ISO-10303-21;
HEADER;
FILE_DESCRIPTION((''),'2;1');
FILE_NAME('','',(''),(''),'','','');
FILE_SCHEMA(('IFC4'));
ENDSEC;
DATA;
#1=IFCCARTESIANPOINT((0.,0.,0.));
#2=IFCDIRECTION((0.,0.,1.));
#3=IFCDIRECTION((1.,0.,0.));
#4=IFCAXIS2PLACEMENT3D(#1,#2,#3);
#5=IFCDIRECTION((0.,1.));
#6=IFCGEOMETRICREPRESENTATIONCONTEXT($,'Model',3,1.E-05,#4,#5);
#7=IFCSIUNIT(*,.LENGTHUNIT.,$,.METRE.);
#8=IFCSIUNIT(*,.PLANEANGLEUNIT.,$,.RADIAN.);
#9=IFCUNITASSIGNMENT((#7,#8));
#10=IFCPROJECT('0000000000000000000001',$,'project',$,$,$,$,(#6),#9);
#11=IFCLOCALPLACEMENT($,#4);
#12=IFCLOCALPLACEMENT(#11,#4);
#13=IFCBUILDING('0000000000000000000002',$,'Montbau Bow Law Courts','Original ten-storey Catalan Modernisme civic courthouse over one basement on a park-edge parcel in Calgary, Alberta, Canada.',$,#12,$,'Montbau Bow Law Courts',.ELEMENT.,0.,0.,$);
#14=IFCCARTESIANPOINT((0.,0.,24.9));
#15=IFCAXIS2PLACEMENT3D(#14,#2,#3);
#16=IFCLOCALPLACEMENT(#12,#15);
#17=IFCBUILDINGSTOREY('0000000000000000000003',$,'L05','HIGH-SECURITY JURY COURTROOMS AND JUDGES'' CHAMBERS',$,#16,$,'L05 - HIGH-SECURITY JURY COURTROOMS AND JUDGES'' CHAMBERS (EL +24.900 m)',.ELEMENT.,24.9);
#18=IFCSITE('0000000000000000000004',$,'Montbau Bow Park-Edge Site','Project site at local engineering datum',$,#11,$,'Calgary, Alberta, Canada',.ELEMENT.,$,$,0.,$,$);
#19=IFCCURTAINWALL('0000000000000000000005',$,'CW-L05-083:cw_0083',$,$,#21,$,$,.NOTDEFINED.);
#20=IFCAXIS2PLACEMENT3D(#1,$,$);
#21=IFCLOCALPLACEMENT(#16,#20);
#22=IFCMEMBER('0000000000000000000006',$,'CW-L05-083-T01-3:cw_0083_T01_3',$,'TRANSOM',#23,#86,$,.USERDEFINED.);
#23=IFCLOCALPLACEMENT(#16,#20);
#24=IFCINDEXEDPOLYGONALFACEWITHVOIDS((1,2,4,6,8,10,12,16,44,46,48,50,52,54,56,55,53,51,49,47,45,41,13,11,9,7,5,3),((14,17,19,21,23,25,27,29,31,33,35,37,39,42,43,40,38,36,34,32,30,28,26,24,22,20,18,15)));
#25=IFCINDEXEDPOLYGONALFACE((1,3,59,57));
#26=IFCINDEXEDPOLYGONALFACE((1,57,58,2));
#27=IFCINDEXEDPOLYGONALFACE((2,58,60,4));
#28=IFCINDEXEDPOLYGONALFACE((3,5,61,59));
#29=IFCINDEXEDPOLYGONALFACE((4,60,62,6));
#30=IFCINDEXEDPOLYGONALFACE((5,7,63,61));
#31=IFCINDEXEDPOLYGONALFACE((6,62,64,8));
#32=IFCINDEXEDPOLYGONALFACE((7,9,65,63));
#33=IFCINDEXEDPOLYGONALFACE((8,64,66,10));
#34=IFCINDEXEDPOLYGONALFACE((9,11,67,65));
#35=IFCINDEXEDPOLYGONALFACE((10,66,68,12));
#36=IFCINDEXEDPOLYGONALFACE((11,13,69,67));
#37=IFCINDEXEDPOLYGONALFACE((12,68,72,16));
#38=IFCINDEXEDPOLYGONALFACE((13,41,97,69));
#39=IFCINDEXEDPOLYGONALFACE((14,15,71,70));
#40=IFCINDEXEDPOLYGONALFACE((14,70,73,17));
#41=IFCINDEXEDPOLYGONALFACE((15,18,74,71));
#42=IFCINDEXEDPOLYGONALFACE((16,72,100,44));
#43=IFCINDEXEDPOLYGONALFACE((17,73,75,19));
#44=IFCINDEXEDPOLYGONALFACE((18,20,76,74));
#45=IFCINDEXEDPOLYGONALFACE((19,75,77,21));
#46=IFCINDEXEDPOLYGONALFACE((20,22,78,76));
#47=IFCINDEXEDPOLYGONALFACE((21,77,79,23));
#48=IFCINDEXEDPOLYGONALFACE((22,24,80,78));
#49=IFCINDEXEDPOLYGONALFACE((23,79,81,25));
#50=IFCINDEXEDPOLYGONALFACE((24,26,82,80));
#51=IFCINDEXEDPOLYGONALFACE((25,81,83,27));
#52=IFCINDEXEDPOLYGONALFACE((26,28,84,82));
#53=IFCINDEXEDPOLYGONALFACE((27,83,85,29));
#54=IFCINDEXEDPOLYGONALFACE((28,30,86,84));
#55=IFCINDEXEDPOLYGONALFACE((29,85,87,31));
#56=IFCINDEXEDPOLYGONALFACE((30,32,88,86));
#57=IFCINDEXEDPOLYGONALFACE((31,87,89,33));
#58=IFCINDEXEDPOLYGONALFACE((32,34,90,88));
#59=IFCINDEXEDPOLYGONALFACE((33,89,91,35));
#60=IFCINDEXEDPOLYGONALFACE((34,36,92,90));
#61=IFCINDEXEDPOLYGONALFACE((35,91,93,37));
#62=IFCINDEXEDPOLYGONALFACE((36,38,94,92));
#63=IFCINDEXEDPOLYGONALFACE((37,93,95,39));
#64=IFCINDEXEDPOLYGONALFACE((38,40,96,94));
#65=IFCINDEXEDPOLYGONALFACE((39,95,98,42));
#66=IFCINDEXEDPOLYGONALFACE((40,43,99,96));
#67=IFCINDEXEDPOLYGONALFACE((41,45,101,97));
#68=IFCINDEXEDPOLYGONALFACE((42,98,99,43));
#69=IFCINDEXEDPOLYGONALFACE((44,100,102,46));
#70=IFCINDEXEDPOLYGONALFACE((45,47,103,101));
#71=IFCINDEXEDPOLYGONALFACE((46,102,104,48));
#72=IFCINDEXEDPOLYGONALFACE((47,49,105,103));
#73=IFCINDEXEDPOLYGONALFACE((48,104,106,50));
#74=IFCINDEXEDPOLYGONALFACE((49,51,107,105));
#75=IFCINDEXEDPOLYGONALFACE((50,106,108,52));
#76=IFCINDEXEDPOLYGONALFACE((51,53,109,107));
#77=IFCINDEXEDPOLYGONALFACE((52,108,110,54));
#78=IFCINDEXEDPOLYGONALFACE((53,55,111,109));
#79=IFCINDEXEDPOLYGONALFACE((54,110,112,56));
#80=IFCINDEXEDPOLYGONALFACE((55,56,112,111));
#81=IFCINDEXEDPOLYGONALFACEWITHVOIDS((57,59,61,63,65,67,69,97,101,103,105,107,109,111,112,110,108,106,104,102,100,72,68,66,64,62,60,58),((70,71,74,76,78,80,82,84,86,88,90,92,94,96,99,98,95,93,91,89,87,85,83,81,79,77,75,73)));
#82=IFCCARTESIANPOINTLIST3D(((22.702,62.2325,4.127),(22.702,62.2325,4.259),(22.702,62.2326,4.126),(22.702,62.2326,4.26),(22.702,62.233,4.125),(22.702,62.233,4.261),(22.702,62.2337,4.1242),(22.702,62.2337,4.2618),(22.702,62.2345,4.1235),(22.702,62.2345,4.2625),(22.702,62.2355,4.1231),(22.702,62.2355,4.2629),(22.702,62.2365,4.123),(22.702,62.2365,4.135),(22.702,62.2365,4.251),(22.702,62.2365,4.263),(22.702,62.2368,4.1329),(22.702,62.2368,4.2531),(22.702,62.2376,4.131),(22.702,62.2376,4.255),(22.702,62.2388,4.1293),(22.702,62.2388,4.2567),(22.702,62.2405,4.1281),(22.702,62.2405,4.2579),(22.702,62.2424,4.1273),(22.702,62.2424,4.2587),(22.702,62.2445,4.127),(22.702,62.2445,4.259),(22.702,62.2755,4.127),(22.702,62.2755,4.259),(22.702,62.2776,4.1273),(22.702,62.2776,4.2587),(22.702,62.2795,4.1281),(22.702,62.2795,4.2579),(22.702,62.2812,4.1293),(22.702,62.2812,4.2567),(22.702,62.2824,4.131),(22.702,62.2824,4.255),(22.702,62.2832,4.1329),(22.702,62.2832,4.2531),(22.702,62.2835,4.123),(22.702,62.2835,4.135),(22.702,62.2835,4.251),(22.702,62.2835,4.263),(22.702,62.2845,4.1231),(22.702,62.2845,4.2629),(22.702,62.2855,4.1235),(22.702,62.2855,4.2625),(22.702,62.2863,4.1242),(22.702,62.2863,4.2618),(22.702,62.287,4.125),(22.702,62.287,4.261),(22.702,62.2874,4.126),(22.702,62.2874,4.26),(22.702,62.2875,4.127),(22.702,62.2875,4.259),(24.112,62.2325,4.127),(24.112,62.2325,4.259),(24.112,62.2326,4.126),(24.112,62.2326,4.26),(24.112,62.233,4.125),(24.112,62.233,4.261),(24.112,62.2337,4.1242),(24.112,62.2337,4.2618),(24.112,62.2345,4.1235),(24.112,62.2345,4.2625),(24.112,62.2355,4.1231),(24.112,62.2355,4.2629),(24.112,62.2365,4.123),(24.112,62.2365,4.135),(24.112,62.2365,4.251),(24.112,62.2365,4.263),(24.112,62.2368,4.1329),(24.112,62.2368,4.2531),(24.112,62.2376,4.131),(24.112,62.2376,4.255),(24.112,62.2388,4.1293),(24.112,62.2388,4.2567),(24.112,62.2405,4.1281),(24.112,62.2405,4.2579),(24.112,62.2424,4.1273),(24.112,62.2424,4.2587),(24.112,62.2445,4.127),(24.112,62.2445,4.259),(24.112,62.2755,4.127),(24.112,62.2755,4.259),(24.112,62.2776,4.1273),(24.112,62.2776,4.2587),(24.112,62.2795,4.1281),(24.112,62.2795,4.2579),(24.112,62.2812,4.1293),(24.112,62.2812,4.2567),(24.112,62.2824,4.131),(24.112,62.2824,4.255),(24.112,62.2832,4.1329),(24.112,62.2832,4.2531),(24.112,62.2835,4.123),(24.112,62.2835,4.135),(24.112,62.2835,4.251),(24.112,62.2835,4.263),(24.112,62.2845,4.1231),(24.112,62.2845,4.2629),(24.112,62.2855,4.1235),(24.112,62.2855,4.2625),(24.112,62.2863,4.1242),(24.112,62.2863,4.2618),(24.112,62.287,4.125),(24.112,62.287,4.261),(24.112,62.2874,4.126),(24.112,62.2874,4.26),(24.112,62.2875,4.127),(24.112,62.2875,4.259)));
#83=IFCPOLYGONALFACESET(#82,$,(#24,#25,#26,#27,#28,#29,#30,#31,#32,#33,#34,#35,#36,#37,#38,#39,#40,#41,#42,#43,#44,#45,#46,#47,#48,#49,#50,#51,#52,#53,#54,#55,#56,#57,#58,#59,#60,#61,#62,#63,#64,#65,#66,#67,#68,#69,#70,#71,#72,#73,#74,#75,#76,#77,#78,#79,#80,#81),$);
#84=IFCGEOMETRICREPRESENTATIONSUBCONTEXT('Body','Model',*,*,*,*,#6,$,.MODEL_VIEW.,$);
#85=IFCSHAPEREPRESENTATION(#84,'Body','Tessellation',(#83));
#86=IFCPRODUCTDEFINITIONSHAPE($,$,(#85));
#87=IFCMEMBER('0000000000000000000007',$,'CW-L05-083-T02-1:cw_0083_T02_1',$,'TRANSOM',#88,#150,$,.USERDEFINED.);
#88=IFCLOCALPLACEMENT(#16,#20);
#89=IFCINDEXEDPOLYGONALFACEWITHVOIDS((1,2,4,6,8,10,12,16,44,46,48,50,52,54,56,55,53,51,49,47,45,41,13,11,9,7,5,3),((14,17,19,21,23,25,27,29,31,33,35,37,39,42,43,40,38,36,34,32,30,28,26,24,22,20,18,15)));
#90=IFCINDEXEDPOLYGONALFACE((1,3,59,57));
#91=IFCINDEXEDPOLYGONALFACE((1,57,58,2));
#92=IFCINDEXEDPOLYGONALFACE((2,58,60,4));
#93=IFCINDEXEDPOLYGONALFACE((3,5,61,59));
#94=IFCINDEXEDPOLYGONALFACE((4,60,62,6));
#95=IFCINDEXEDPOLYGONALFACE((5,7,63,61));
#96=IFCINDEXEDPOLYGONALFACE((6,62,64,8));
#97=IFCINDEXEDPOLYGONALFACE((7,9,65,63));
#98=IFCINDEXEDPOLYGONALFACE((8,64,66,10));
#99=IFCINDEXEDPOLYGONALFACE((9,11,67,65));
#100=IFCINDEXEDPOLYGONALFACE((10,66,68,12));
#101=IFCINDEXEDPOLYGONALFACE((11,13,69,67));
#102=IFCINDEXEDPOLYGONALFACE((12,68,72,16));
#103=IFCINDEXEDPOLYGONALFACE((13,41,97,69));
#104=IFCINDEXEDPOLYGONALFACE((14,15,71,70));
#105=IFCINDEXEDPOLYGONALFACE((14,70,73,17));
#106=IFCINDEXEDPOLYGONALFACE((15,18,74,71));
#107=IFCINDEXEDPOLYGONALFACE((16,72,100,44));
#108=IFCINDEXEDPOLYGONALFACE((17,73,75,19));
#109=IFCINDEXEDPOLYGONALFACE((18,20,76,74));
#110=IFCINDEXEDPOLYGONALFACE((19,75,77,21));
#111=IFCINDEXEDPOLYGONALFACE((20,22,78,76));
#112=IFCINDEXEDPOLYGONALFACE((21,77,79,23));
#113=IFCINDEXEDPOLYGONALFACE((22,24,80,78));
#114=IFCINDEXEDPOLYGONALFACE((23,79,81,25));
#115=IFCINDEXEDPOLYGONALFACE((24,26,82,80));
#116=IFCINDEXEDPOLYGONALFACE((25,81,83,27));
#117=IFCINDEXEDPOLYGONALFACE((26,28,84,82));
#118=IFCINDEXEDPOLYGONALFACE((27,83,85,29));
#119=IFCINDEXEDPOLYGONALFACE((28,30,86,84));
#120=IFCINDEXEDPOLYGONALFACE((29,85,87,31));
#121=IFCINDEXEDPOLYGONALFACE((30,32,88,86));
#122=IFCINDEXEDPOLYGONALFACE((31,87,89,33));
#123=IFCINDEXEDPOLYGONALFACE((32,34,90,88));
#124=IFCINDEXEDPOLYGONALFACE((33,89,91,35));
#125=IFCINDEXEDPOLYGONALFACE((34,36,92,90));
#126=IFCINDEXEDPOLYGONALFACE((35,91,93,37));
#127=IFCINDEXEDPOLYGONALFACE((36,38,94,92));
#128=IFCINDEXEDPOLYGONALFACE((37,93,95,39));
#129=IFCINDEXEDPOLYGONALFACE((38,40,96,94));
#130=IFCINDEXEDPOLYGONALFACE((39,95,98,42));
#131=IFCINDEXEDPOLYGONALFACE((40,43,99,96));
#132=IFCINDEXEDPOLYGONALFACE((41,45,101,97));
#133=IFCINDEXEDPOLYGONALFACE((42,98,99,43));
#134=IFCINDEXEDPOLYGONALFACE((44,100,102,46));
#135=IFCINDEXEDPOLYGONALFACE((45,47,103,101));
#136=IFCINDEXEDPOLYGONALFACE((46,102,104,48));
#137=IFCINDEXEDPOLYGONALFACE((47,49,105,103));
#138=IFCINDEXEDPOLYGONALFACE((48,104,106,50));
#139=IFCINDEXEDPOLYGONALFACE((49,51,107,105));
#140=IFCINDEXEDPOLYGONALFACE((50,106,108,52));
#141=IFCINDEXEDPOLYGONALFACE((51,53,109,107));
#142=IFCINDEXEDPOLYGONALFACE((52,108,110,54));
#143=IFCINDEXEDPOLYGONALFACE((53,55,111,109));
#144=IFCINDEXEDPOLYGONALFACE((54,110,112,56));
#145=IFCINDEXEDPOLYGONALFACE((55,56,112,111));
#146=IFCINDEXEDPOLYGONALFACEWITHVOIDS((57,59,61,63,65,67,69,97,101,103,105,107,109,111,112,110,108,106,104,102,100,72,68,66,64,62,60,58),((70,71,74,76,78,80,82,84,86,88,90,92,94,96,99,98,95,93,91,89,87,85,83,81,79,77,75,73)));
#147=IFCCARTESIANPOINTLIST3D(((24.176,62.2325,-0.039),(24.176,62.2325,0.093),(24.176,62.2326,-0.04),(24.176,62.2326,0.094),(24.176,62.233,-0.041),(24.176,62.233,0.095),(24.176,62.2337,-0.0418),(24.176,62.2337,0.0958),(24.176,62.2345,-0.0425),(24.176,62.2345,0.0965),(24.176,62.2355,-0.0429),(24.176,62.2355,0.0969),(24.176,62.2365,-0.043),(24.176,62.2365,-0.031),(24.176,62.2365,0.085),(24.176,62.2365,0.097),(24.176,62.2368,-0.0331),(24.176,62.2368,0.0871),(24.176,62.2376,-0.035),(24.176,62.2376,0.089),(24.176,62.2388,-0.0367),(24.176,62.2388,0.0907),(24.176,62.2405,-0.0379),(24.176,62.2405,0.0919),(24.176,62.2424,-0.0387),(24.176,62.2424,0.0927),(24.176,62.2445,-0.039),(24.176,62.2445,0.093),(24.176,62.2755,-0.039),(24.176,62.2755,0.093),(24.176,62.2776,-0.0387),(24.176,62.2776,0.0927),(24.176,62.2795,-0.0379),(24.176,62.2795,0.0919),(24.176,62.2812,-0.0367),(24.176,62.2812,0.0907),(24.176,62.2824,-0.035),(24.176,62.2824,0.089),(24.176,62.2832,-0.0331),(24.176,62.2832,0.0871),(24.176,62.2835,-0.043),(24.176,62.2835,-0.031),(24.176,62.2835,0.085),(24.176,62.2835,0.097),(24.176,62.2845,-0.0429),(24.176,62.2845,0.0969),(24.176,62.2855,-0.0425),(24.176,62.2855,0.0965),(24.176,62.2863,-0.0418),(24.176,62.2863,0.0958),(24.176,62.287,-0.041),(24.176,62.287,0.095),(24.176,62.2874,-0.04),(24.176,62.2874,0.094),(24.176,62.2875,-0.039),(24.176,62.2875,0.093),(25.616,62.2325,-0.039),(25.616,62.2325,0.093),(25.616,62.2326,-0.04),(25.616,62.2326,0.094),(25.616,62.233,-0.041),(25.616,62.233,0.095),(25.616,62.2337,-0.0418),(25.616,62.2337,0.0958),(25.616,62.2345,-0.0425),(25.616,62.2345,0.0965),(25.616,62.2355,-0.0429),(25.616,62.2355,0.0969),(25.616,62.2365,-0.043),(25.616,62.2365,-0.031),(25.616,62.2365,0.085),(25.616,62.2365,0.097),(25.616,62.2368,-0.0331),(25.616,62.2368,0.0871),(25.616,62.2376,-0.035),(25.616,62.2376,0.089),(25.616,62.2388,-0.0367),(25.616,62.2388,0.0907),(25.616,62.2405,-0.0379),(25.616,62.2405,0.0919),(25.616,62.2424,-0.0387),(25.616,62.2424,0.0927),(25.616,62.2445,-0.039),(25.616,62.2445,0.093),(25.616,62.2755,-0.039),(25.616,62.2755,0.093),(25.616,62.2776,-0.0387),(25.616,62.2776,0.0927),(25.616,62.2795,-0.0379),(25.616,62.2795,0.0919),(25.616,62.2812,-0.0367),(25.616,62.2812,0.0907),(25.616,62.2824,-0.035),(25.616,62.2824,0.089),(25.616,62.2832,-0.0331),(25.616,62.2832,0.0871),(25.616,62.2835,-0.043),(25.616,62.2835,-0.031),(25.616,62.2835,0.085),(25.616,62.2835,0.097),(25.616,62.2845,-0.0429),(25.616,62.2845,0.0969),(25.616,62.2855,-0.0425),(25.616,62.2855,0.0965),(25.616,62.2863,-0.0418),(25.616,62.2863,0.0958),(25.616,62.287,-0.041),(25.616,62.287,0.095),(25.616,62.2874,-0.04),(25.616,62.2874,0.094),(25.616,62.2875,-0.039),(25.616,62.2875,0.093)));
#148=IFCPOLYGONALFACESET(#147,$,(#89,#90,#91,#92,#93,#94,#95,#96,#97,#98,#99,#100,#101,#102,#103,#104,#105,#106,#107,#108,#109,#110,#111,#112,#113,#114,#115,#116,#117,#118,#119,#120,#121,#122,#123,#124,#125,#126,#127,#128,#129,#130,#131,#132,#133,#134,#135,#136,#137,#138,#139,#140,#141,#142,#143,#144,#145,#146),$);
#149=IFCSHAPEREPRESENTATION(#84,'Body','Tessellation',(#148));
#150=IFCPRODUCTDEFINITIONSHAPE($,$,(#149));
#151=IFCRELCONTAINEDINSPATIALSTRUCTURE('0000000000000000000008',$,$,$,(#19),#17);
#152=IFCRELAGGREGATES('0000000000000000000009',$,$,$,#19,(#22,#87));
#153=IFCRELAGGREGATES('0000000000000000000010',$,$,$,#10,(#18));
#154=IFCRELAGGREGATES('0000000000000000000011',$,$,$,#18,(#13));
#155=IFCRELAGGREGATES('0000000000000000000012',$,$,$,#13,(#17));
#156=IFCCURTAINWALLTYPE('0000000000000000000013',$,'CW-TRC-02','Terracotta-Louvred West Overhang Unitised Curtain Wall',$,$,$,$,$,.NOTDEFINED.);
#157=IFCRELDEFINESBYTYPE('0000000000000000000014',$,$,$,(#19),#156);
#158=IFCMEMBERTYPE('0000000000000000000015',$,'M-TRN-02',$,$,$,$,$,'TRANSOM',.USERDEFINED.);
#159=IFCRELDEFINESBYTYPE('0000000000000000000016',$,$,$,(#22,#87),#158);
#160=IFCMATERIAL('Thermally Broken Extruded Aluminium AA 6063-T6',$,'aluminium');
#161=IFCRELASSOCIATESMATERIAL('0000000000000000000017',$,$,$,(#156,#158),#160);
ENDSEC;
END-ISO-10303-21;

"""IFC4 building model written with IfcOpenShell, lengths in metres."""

from ifc_helpers import new_model, si_unit, direction, frame, origin_with_axes, origin_2d_with_axis, place, context, subcontext, project, spatial, hollow_rectangle, extrude, material, material_profile, profile_set, type_object, element, aggregate, save


model = new_model("IFC4")

# Units and contexts
model_context = context("Model", 3, precision=1e-05, world=origin_with_axes(), true_north=direction((0.0, 1.0)))
body_context = subcontext(model_context, "Body", "Model", "MODEL_VIEW")
ifc_project = project(units=[si_unit("LENGTHUNIT", "METRE"), si_unit("PLANEANGLEUNIT", "RADIAN")], contexts=[model_context])

# Site, building, storey
site_placement = place(None, origin_with_axes())
site = spatial("IfcSite", under=ifc_project, at=site_placement, Name="Montbau Bow Park-Edge Site", Description="Project site at local engineering datum", LongName="Calgary, Alberta, Canada", CompositionType="ELEMENT", RefElevation=0.0)
building_placement = place(site_placement, origin_with_axes())
building = spatial("IfcBuilding", under=site, at=building_placement, Name="Montbau Bow Law Courts", Description="Original ten-storey Catalan Modernisme civic courthouse over one basement on a park-edge parcel in Calgary, Alberta, Canada.", LongName="Montbau Bow Law Courts", CompositionType="ELEMENT", ElevationOfRefHeight=0.0, ElevationOfTerrain=0.0)
storey_placement = place(building_placement, frame((0.0, 0.0, 24.9), z_axis=(0.0, 0.0, 1.0), x_axis=(1.0, 0.0, 0.0)))
storey = spatial("IfcBuildingStorey", under=building, at=storey_placement, Name="L05", Description="HIGH-SECURITY JURY COURTROOMS AND JUDGES' CHAMBERS", LongName="L05 - HIGH-SECURITY JURY COURTROOMS AND JUDGES' CHAMBERS (EL +24.900 m)", CompositionType="ELEMENT", Elevation=24.9)

# Curtain wall, members
ifc_material_1 = material(Name="Thermally Broken Extruded Aluminium AA 6063-T6", Category="aluminium")
curtain_wall_type = type_object("IfcCurtainWallType", Name="CW-TRC-02", Description="Terracotta-Louvred West Overhang Unitised Curtain Wall", PredefinedType="NOTDEFINED", material=ifc_material_1)
curtain_wall_placement = place(None, frame((22.64, 62.26, 24.9), z_axis=(0.0, 0.0, 1.0), x_axis=(1.0, 0.0, 0.0)))
curtain_wall = element("IfcCurtainWall", 1, at=curtain_wall_placement, inside=storey, type_object=curtain_wall_type, Name="CW-L05-083:cw_0083", PredefinedType="NOTDEFINED")
ifc_material_profile_1 = material_profile(ifc_material_1, hollow_rectangle(XDim=0.055, YDim=0.14, WallThickness=0.004, InnerFilletRadius=0.008, OuterFilletRadius=0.004, at=origin_2d_with_axis()), Name="CWT-140X55", Category="Main", Priority=0)
ifc_profile_set_1 = profile_set([ifc_material_profile_1], Name="Thermally Broken Extruded Aluminium AA 6063-T6")
member_type_1 = type_object("IfcMemberType", Name="M-TRN-02", ElementType="TRANSOM", PredefinedType="USERDEFINED", material=ifc_profile_set_1)
member_1_placement = place(None, frame((22.702, 62.26, 29.093), z_axis=(1.0, 0.0, 0.0), x_axis=(0.0, 1.0, 0.0)))
member_1 = element("IfcMember", 2, at=member_1_placement, type_object=member_type_1, Name="CW-L05-083-T01-3:cw_0083_T01_3", ObjectType="TRANSOM", PredefinedType="USERDEFINED", context=body_context, shape_type="SweptSolid", body=[
    extrude(hollow_rectangle(XDim=0.055, YDim=0.14, WallThickness=0.004, InnerFilletRadius=0.008, OuterFilletRadius=0.004, at=origin_2d_with_axis()), origin_with_axes(), (0.0, 0.0, 1.0), 1.41),
])
member_2_placement = place(None, frame((24.176, 62.26, 24.927), z_axis=(1.0, 0.0, 0.0), x_axis=(0.0, 1.0, 0.0)))
member_2 = element("IfcMember", 3, at=member_2_placement, type_object=member_type_1, Name="CW-L05-083-T02-1:cw_0083_T02_1", ObjectType="TRANSOM", PredefinedType="USERDEFINED", context=body_context, shape_type="SweptSolid", body=[
    extrude(hollow_rectangle(XDim=0.055, YDim=0.14, WallThickness=0.004, InnerFilletRadius=0.008, OuterFilletRadius=0.004, at=origin_2d_with_axis()), origin_with_axes(), (0.0, 0.0, 1.0), 1.44),
])
aggregate(curtain_wall, [member_1, member_2])

save(model, "model.ifc")
